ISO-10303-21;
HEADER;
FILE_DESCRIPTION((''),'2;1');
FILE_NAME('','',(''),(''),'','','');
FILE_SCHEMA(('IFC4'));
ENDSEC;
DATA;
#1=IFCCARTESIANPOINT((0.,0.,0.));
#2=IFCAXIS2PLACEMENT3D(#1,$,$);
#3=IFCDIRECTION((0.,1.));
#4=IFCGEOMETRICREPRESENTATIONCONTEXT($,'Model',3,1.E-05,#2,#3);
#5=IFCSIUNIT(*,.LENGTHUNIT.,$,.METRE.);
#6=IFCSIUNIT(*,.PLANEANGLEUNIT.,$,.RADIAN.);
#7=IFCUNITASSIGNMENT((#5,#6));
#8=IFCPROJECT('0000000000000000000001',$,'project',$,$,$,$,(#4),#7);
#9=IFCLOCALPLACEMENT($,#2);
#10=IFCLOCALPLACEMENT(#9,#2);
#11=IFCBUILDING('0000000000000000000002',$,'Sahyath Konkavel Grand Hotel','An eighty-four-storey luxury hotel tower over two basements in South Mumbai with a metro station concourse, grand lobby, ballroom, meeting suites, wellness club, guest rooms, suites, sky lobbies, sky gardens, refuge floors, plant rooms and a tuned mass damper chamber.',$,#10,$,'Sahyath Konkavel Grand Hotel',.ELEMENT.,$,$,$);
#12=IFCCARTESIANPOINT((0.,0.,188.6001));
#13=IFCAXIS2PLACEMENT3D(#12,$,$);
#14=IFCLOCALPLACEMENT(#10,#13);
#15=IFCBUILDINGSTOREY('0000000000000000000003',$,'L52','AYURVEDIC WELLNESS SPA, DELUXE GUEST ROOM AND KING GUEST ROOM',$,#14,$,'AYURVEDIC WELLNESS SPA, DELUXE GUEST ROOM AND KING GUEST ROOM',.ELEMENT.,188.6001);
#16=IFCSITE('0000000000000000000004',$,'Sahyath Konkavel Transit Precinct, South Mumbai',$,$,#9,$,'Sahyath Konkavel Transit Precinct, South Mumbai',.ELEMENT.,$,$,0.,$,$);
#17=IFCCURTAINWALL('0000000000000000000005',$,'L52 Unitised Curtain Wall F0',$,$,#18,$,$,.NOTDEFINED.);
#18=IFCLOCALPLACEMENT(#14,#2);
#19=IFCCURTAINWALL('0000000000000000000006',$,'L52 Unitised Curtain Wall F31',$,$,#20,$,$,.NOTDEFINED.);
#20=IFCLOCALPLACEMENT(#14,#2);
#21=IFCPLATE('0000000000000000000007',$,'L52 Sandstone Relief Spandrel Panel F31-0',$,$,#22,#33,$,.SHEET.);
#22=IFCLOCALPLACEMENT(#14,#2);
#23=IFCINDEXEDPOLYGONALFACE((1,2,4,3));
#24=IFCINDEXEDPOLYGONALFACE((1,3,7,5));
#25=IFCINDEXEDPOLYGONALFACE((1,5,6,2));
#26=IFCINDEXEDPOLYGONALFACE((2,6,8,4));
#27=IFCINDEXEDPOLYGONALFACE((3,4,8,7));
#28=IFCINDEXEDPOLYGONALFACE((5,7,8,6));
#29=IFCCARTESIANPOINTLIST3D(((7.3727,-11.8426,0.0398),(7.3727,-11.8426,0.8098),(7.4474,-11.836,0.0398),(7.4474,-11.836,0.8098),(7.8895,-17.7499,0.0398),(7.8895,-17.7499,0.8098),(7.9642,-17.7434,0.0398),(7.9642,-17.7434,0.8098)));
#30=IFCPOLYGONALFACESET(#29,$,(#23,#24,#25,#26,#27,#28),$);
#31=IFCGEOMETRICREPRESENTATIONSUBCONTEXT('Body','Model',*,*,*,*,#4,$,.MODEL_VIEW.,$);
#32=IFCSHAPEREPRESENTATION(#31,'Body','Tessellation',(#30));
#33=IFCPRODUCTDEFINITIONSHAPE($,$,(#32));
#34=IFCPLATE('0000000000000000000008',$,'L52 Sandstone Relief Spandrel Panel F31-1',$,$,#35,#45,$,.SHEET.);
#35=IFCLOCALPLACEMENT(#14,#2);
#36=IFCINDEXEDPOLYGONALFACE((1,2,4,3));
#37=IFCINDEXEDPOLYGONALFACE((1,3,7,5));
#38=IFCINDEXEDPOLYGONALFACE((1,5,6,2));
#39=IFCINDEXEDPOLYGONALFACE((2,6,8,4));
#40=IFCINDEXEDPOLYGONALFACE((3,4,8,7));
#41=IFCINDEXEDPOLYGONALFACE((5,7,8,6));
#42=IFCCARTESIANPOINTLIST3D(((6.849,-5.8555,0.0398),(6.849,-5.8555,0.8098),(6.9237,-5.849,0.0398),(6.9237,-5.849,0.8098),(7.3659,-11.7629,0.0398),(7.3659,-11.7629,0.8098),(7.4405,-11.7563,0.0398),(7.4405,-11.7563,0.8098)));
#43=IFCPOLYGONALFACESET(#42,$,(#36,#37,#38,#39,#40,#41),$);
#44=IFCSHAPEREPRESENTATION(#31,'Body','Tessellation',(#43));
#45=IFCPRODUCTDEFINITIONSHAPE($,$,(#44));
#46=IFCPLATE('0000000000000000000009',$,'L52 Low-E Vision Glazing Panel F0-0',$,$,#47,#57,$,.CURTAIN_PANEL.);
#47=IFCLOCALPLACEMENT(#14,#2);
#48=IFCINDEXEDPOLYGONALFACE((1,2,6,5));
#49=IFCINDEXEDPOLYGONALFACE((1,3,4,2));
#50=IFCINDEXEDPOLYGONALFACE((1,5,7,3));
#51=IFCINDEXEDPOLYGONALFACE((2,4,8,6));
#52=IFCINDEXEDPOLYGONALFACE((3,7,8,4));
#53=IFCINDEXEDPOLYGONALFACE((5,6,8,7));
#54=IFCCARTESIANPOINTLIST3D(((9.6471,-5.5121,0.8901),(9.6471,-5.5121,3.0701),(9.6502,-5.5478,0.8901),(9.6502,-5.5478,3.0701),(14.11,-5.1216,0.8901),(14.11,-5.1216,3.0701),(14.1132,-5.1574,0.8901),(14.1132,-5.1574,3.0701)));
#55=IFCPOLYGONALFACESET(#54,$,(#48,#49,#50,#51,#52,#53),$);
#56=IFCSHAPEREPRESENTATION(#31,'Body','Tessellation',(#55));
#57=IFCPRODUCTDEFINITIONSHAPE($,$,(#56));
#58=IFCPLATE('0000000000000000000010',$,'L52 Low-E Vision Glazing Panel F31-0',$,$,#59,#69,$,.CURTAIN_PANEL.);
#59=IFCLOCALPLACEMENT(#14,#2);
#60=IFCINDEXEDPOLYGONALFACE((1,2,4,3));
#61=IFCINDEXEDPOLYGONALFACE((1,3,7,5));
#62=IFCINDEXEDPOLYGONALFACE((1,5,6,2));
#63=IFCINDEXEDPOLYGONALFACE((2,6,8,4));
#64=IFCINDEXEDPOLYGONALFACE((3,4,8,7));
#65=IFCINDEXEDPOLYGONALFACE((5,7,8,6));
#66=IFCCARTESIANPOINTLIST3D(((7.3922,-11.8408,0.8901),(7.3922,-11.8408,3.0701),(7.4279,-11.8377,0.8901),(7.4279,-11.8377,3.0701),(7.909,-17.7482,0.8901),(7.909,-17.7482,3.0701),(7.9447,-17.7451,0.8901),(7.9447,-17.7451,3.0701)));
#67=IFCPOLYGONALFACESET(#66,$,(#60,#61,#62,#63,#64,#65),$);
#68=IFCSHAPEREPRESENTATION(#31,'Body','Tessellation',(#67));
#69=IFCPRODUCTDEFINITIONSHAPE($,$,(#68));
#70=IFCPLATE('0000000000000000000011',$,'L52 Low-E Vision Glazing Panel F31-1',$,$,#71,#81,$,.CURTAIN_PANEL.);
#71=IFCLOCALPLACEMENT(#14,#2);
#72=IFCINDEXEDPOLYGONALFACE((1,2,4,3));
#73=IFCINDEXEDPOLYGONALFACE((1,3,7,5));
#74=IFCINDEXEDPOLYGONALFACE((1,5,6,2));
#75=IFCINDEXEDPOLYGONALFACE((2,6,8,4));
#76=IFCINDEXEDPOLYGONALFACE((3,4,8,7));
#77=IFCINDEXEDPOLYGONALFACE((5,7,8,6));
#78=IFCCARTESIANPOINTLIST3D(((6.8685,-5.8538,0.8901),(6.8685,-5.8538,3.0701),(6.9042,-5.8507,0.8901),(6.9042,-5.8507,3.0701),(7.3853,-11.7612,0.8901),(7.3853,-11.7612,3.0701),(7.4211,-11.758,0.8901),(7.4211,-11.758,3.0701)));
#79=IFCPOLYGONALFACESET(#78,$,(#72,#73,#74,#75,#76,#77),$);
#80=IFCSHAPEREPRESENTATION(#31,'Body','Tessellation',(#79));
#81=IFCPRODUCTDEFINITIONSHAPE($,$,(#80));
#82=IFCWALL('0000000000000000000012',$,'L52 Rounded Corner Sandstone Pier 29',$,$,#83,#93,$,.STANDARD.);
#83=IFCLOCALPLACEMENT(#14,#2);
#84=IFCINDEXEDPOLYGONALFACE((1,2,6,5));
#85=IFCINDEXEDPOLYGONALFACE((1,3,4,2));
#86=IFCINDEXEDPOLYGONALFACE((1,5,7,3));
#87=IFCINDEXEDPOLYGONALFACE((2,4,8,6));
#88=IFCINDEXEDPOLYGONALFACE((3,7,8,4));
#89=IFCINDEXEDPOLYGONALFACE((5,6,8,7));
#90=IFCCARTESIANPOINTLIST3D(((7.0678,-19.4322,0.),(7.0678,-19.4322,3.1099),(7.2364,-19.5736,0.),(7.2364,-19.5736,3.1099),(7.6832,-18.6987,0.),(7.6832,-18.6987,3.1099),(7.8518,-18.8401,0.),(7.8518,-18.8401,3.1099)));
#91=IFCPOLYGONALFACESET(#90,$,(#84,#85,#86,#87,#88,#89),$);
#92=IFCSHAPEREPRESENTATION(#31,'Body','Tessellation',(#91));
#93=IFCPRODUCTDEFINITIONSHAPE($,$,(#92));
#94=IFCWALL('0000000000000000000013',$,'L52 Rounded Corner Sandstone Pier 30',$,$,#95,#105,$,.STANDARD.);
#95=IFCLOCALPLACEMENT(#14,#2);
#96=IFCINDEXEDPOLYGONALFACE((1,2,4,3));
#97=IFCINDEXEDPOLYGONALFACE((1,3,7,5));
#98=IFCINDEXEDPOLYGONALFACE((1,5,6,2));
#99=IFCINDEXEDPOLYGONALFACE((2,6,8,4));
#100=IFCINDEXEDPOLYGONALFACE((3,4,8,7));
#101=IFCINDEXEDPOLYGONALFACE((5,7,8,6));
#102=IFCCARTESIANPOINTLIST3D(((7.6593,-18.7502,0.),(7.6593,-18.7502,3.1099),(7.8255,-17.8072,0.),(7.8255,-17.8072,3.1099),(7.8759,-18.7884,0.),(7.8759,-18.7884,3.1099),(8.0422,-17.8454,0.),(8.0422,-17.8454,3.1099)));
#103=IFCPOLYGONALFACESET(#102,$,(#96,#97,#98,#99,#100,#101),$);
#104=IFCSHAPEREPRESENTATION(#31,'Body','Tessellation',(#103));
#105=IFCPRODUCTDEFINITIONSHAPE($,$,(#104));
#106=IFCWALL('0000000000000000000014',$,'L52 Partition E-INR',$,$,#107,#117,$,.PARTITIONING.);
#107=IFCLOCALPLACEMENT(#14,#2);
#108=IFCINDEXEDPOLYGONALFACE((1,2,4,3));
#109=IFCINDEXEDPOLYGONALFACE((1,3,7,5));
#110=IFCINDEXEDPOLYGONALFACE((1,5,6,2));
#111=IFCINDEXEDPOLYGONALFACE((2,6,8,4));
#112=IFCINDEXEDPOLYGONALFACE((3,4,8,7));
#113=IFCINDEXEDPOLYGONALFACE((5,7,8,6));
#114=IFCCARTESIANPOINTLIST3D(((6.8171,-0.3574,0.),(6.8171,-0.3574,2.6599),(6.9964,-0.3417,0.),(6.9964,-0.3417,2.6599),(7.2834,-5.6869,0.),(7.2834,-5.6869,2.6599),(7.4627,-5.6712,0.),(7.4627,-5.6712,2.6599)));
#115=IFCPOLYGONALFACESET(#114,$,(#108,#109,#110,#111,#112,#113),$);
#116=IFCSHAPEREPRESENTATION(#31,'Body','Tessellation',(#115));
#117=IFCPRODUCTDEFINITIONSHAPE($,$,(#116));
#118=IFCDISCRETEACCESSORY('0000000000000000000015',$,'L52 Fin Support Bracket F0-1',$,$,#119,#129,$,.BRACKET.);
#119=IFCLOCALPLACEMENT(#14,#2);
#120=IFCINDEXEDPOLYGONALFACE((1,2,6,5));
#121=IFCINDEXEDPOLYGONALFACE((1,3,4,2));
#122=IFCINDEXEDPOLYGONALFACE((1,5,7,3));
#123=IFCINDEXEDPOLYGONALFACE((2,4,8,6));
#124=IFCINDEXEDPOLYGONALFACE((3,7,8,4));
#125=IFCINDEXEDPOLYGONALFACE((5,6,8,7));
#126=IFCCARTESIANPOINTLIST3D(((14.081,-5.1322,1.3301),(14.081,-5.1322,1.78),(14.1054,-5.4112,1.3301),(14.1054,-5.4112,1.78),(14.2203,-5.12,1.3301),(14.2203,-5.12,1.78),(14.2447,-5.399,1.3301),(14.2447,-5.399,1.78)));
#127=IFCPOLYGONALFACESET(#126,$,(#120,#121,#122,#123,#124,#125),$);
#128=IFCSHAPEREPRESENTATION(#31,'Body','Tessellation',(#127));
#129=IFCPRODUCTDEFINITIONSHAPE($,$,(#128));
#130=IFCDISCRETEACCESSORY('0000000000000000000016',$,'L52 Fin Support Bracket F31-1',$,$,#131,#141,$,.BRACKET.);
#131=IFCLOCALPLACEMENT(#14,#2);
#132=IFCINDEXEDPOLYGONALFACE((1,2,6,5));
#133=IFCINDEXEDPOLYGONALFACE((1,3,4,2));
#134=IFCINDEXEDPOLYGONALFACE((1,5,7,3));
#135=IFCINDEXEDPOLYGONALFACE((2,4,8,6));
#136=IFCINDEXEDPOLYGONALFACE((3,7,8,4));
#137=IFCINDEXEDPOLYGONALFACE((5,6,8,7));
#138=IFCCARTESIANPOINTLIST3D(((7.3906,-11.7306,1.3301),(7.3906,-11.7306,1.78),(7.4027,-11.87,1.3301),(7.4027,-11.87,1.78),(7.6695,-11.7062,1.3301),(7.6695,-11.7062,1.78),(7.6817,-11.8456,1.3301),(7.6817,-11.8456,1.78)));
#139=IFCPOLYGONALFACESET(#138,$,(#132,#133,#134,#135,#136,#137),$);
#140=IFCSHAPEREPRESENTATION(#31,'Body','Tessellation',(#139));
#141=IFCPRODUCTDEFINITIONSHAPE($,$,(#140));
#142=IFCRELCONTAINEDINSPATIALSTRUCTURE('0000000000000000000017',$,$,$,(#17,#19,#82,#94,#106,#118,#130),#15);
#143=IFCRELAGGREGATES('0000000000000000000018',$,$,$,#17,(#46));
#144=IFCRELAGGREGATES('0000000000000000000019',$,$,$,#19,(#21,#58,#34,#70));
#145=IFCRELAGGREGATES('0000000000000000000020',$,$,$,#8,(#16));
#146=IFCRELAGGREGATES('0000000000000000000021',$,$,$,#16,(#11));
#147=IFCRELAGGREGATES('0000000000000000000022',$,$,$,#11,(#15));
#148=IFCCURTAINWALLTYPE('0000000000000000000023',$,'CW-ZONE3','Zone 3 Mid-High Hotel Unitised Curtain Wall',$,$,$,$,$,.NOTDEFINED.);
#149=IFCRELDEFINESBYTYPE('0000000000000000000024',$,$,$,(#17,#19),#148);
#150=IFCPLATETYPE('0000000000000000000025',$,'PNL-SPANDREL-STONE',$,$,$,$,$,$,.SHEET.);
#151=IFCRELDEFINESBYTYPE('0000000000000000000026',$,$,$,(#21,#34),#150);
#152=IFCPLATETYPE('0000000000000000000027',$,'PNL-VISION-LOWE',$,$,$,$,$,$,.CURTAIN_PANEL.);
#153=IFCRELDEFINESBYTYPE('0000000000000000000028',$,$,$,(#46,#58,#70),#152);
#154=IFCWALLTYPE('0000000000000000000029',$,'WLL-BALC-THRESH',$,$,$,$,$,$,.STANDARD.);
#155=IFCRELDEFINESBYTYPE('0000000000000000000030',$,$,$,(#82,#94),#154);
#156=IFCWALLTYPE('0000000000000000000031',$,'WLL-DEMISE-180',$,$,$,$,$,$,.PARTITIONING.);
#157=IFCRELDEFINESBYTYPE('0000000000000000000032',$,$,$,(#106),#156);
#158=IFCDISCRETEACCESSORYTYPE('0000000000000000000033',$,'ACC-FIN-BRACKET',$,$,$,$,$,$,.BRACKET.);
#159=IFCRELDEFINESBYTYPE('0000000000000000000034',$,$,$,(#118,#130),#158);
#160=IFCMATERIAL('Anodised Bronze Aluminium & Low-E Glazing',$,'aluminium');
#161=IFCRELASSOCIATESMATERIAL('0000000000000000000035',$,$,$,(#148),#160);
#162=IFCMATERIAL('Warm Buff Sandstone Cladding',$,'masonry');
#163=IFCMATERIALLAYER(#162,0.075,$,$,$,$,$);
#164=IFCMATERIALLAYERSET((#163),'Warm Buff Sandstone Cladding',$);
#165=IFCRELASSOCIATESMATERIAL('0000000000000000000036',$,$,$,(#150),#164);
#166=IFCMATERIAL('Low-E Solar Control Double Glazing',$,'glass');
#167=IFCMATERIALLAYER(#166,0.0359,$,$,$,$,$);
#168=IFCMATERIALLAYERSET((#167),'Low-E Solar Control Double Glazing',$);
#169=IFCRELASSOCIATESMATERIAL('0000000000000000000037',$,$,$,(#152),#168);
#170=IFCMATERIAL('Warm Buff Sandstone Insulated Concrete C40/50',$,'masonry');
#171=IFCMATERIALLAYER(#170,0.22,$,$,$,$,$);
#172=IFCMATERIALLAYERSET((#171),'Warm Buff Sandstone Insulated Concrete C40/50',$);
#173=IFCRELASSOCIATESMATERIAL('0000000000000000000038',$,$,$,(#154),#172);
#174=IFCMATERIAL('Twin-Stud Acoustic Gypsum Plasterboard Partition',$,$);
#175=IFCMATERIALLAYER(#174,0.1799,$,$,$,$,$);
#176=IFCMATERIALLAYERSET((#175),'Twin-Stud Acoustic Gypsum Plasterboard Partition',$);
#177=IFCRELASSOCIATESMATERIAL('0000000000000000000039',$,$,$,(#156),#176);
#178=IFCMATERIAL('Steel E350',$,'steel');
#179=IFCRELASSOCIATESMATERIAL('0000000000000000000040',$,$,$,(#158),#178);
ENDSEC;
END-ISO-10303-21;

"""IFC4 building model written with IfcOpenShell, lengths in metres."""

from ifc_helpers import new_model, si_unit, direction, frame, frame_2d, origin, origin_2d, place, context, subcontext, project, spatial, rectangle, extrude, source, transform, mapped, material, layer, layer_set, type_object, element, aggregate, save


model = new_model("IFC4")

# Units and contexts
model_context = context("Model", 3, precision=1e-05, world=origin(), true_north=direction((0.0, 1.0)))
body_context = subcontext(model_context, "Body", "Model", "MODEL_VIEW")
ifc_project = project(units=[si_unit("LENGTHUNIT", "METRE"), si_unit("PLANEANGLEUNIT", "RADIAN")], contexts=[model_context])

# Site, building, storey
site_placement = place(None, origin())
site = spatial("IfcSite", under=ifc_project, at=site_placement, Name="Sahyath Konkavel Transit Precinct, South Mumbai", LongName="Sahyath Konkavel Transit Precinct, South Mumbai", CompositionType="ELEMENT", RefElevation=0.0)
building_placement = place(site_placement, origin())
building = spatial("IfcBuilding", under=site, at=building_placement, Name="Sahyath Konkavel Grand Hotel", Description="An eighty-four-storey luxury hotel tower over two basements in South Mumbai with a metro station concourse, grand lobby, ballroom, meeting suites, wellness club, guest rooms, suites, sky lobbies, sky gardens, refuge floors, plant rooms and a tuned mass damper chamber.", LongName="Sahyath Konkavel Grand Hotel", CompositionType="ELEMENT")
storey_placement = place(building_placement, frame((0.0, 0.0, 188.6001)))
storey = spatial("IfcBuildingStorey", under=building, at=storey_placement, Name="L52", Description="AYURVEDIC WELLNESS SPA, DELUXE GUEST ROOM AND KING GUEST ROOM", LongName="AYURVEDIC WELLNESS SPA, DELUXE GUEST ROOM AND KING GUEST ROOM", CompositionType="ELEMENT", Elevation=188.6001)

# Curtain wall
ifc_material_1 = material(Name="Anodised Bronze Aluminium & Low-E Glazing", Category="aluminium")
curtain_wall_type = type_object("IfcCurtainWallType", Name="CW-ZONE3", Description="Zone 3 Mid-High Hotel Unitised Curtain Wall", PredefinedType="NOTDEFINED", material=ifc_material_1)
curtain_wall_1_placement = place(storey_placement, origin())
curtain_wall_1 = element("IfcCurtainWall", 1, at=curtain_wall_1_placement, inside=storey, type_object=curtain_wall_type, Name="L52 Unitised Curtain Wall F0", PredefinedType="NOTDEFINED")

# Curtain wall
curtain_wall_2_placement = place(storey_placement, origin())
curtain_wall_2 = element("IfcCurtainWall", 2, at=curtain_wall_2_placement, inside=storey, type_object=curtain_wall_type, Name="L52 Unitised Curtain Wall F31", PredefinedType="NOTDEFINED")

# Plates
ifc_material_2 = material(Name="Warm Buff Sandstone Cladding", Category="masonry")
ifc_layer_1 = layer(ifc_material_2, 0.075)
ifc_layer_set_1 = layer_set([ifc_layer_1], Name="Warm Buff Sandstone Cladding")
plate_type_1 = type_object("IfcPlateType", Name="PNL-SPANDREL-STONE", PredefinedType="SHEET", material=ifc_layer_set_1)
shared_shape_1 = source(origin(), body_context, "Body", "SweptSolid", [
    extrude(rectangle(XDim=5.9299, YDim=0.075, at=origin_2d()), origin(), (0.0, 0.0, 1.0), 0.77),
])
plate_1_placement = place(storey_placement, frame((7.6685, -14.793, 0.0398), z_axis=(0.0, 0.0, 1.0), x_axis=(-0.087156, 0.996195, 0.0)))
plate_1 = element("IfcPlate", 3, at=plate_1_placement, type_object=plate_type_1, Name="L52 Sandstone Relief Spandrel Panel F31-0", PredefinedType="SHEET", context=body_context, shape_type="MappedRepresentation", body=[
    mapped(shared_shape_1, transform((0.0, 0.0, 0.0), scale=1.0)),
])
plate_2_placement = place(storey_placement, frame((7.1448, -8.8059, 0.0398), z_axis=(0.0, 0.0, 1.0), x_axis=(-0.087156, 0.996195, 0.0)))
plate_2 = element("IfcPlate", 4, at=plate_2_placement, type_object=plate_type_1, Name="L52 Sandstone Relief Spandrel Panel F31-1", PredefinedType="SHEET", context=body_context, shape_type="MappedRepresentation", body=[
    mapped(shared_shape_1, transform((0.0, 0.0, 0.0), scale=1.0)),
])
ifc_material_3 = material(Name="Low-E Solar Control Double Glazing", Category="glass")
ifc_layer_2 = layer(ifc_material_3, 0.0359)
ifc_layer_set_2 = layer_set([ifc_layer_2], Name="Low-E Solar Control Double Glazing")
plate_type_2 = type_object("IfcPlateType", Name="PNL-VISION-LOWE", PredefinedType="CURTAIN_PANEL", material=ifc_layer_set_2)
shared_shape_2 = source(origin(), body_context, "Body", "SweptSolid", [
    extrude(rectangle(XDim=4.48, YDim=0.0359, at=origin_2d()), origin(), (0.0, 0.0, 1.0), 2.1799),
])
plate_3_placement = place(storey_placement, frame((11.8801, -5.3347, 0.8901), z_axis=(0.0, 0.0, 1.0), x_axis=(0.996195, 0.087156, 0.0)))
plate_3 = element("IfcPlate", 5, at=plate_3_placement, type_object=plate_type_2, Name="L52 Low-E Vision Glazing Panel F0-0", PredefinedType="CURTAIN_PANEL", context=body_context, shape_type="MappedRepresentation", body=[
    mapped(shared_shape_2, transform((0.0, 0.0, 0.0), scale=1.0)),
])
aggregate(curtain_wall_1, [plate_3])
shared_shape_3 = source(origin(), body_context, "Body", "SweptSolid", [
    extrude(rectangle(XDim=5.9299, YDim=0.0359, at=origin_2d()), origin(), (0.0, 0.0, 1.0), 2.1799),
])
plate_4_placement = place(storey_placement, frame((7.6685, -14.793, 0.8901), z_axis=(0.0, 0.0, 1.0), x_axis=(-0.087156, 0.996195, 0.0)))
plate_4 = element("IfcPlate", 6, at=plate_4_placement, type_object=plate_type_2, Name="L52 Low-E Vision Glazing Panel F31-0", PredefinedType="CURTAIN_PANEL", context=body_context, shape_type="MappedRepresentation", body=[
    mapped(shared_shape_3, transform((0.0, 0.0, 0.0), scale=1.0)),
])
plate_5_placement = place(storey_placement, frame((7.1448, -8.8059, 0.8901), z_axis=(0.0, 0.0, 1.0), x_axis=(-0.087156, 0.996195, 0.0)))
plate_5 = element("IfcPlate", 7, at=plate_5_placement, type_object=plate_type_2, Name="L52 Low-E Vision Glazing Panel F31-1", PredefinedType="CURTAIN_PANEL", context=body_context, shape_type="MappedRepresentation", body=[
    mapped(shared_shape_3, transform((0.0, 0.0, 0.0), scale=1.0)),
])
aggregate(curtain_wall_2, [plate_1, plate_4, plate_2, plate_5])

# Walls
ifc_material_4 = material(Name="Warm Buff Sandstone Insulated Concrete C40/50", Category="masonry")
ifc_layer_3 = layer(ifc_material_4, 0.22)
ifc_layer_set_3 = layer_set([ifc_layer_3], Name="Warm Buff Sandstone Insulated Concrete C40/50")
wall_type_1 = type_object("IfcWallType", Name="WLL-BALC-THRESH", PredefinedType="STANDARD", material=ifc_layer_set_3)
for number, where, z_axis, x_axis, name in (
    (8, (7.1521, -19.5029, 0.0), (0.0, 0.0, 1.0), (0.642714, 0.766107, 0.0), "L52 Rounded Corner Sandstone Pier 29"),
    (9, (7.7676, -18.7693, 0.0), (0.0, 0.0, 1.0), (0.173654, 0.984807, 0.0), "L52 Rounded Corner Sandstone Pier 30"),
):
    element("IfcWall", number, at=place(storey_placement, frame(where, z_axis=z_axis, x_axis=x_axis)), inside=storey, type_object=wall_type_1, Name=name, PredefinedType="STANDARD", context=body_context, shape_type="SweptSolid", body=[
        extrude(rectangle(XDim=0.9575, YDim=0.22, at=frame_2d((0.4788, 0.0))), origin(), (0.0, 0.0, 1.0), 3.1099),
    ])
ifc_material_5 = material(Name="Twin-Stud Acoustic Gypsum Plasterboard Partition")
ifc_layer_4 = layer(ifc_material_5, 0.1799)
ifc_layer_set_4 = layer_set([ifc_layer_4], Name="Twin-Stud Acoustic Gypsum Plasterboard Partition")
wall_type_2 = type_object("IfcWallType", Name="WLL-DEMISE-180", PredefinedType="PARTITIONING", material=ifc_layer_set_4)
wall_placement = place(storey_placement, frame((7.373, -5.679, 0.0), z_axis=(0.0, 0.0, 1.0), x_axis=(-0.087161, 0.996194, 0.0)))
element("IfcWall", 10, at=wall_placement, inside=storey, type_object=wall_type_2, Name="L52 Partition E-INR", PredefinedType="PARTITIONING", context=body_context, shape_type="SweptSolid", body=[
    extrude(rectangle(XDim=5.3499, YDim=0.1799, at=frame_2d((2.6748, 0.0))), origin(), (0.0, 0.0, 1.0), 2.6599),
])

# Discrete accessories
ifc_material_6 = material(Name="Steel E350", Category="steel")
discrete_accessory_type = type_object("IfcDiscreteAccessoryType", Name="ACC-FIN-BRACKET", PredefinedType="BRACKET", material=ifc_material_6)
shared_shape_4 = source(origin(), body_context, "Body", "SweptSolid", [
    extrude(rectangle(XDim=0.28, YDim=0.1399, at=origin_2d()), origin(), (0.0, 0.0, 1.0), 0.45),
])
for number, where, z_axis, x_axis, name in (
    (11, (14.1628, -5.2656, 1.3301), (0.0, 0.0, 1.0), (0.087156, -0.996195, 0.0), "L52 Fin Support Bracket F0-1"),
    (12, (7.5361, -11.7881, 1.3301), (0.0, 0.0, 1.0), (0.996195, 0.087156, 0.0), "L52 Fin Support Bracket F31-1"),
):
    element("IfcDiscreteAccessory", number, at=place(storey_placement, frame(where, z_axis=z_axis, x_axis=x_axis)), inside=storey, type_object=discrete_accessory_type, Name=name, PredefinedType="BRACKET", context=body_context, shape_type="MappedRepresentation", body=[
        mapped(shared_shape_4, transform((0.0, 0.0, 0.0), scale=1.0)),
    ])

save(model, "model.ifc")
